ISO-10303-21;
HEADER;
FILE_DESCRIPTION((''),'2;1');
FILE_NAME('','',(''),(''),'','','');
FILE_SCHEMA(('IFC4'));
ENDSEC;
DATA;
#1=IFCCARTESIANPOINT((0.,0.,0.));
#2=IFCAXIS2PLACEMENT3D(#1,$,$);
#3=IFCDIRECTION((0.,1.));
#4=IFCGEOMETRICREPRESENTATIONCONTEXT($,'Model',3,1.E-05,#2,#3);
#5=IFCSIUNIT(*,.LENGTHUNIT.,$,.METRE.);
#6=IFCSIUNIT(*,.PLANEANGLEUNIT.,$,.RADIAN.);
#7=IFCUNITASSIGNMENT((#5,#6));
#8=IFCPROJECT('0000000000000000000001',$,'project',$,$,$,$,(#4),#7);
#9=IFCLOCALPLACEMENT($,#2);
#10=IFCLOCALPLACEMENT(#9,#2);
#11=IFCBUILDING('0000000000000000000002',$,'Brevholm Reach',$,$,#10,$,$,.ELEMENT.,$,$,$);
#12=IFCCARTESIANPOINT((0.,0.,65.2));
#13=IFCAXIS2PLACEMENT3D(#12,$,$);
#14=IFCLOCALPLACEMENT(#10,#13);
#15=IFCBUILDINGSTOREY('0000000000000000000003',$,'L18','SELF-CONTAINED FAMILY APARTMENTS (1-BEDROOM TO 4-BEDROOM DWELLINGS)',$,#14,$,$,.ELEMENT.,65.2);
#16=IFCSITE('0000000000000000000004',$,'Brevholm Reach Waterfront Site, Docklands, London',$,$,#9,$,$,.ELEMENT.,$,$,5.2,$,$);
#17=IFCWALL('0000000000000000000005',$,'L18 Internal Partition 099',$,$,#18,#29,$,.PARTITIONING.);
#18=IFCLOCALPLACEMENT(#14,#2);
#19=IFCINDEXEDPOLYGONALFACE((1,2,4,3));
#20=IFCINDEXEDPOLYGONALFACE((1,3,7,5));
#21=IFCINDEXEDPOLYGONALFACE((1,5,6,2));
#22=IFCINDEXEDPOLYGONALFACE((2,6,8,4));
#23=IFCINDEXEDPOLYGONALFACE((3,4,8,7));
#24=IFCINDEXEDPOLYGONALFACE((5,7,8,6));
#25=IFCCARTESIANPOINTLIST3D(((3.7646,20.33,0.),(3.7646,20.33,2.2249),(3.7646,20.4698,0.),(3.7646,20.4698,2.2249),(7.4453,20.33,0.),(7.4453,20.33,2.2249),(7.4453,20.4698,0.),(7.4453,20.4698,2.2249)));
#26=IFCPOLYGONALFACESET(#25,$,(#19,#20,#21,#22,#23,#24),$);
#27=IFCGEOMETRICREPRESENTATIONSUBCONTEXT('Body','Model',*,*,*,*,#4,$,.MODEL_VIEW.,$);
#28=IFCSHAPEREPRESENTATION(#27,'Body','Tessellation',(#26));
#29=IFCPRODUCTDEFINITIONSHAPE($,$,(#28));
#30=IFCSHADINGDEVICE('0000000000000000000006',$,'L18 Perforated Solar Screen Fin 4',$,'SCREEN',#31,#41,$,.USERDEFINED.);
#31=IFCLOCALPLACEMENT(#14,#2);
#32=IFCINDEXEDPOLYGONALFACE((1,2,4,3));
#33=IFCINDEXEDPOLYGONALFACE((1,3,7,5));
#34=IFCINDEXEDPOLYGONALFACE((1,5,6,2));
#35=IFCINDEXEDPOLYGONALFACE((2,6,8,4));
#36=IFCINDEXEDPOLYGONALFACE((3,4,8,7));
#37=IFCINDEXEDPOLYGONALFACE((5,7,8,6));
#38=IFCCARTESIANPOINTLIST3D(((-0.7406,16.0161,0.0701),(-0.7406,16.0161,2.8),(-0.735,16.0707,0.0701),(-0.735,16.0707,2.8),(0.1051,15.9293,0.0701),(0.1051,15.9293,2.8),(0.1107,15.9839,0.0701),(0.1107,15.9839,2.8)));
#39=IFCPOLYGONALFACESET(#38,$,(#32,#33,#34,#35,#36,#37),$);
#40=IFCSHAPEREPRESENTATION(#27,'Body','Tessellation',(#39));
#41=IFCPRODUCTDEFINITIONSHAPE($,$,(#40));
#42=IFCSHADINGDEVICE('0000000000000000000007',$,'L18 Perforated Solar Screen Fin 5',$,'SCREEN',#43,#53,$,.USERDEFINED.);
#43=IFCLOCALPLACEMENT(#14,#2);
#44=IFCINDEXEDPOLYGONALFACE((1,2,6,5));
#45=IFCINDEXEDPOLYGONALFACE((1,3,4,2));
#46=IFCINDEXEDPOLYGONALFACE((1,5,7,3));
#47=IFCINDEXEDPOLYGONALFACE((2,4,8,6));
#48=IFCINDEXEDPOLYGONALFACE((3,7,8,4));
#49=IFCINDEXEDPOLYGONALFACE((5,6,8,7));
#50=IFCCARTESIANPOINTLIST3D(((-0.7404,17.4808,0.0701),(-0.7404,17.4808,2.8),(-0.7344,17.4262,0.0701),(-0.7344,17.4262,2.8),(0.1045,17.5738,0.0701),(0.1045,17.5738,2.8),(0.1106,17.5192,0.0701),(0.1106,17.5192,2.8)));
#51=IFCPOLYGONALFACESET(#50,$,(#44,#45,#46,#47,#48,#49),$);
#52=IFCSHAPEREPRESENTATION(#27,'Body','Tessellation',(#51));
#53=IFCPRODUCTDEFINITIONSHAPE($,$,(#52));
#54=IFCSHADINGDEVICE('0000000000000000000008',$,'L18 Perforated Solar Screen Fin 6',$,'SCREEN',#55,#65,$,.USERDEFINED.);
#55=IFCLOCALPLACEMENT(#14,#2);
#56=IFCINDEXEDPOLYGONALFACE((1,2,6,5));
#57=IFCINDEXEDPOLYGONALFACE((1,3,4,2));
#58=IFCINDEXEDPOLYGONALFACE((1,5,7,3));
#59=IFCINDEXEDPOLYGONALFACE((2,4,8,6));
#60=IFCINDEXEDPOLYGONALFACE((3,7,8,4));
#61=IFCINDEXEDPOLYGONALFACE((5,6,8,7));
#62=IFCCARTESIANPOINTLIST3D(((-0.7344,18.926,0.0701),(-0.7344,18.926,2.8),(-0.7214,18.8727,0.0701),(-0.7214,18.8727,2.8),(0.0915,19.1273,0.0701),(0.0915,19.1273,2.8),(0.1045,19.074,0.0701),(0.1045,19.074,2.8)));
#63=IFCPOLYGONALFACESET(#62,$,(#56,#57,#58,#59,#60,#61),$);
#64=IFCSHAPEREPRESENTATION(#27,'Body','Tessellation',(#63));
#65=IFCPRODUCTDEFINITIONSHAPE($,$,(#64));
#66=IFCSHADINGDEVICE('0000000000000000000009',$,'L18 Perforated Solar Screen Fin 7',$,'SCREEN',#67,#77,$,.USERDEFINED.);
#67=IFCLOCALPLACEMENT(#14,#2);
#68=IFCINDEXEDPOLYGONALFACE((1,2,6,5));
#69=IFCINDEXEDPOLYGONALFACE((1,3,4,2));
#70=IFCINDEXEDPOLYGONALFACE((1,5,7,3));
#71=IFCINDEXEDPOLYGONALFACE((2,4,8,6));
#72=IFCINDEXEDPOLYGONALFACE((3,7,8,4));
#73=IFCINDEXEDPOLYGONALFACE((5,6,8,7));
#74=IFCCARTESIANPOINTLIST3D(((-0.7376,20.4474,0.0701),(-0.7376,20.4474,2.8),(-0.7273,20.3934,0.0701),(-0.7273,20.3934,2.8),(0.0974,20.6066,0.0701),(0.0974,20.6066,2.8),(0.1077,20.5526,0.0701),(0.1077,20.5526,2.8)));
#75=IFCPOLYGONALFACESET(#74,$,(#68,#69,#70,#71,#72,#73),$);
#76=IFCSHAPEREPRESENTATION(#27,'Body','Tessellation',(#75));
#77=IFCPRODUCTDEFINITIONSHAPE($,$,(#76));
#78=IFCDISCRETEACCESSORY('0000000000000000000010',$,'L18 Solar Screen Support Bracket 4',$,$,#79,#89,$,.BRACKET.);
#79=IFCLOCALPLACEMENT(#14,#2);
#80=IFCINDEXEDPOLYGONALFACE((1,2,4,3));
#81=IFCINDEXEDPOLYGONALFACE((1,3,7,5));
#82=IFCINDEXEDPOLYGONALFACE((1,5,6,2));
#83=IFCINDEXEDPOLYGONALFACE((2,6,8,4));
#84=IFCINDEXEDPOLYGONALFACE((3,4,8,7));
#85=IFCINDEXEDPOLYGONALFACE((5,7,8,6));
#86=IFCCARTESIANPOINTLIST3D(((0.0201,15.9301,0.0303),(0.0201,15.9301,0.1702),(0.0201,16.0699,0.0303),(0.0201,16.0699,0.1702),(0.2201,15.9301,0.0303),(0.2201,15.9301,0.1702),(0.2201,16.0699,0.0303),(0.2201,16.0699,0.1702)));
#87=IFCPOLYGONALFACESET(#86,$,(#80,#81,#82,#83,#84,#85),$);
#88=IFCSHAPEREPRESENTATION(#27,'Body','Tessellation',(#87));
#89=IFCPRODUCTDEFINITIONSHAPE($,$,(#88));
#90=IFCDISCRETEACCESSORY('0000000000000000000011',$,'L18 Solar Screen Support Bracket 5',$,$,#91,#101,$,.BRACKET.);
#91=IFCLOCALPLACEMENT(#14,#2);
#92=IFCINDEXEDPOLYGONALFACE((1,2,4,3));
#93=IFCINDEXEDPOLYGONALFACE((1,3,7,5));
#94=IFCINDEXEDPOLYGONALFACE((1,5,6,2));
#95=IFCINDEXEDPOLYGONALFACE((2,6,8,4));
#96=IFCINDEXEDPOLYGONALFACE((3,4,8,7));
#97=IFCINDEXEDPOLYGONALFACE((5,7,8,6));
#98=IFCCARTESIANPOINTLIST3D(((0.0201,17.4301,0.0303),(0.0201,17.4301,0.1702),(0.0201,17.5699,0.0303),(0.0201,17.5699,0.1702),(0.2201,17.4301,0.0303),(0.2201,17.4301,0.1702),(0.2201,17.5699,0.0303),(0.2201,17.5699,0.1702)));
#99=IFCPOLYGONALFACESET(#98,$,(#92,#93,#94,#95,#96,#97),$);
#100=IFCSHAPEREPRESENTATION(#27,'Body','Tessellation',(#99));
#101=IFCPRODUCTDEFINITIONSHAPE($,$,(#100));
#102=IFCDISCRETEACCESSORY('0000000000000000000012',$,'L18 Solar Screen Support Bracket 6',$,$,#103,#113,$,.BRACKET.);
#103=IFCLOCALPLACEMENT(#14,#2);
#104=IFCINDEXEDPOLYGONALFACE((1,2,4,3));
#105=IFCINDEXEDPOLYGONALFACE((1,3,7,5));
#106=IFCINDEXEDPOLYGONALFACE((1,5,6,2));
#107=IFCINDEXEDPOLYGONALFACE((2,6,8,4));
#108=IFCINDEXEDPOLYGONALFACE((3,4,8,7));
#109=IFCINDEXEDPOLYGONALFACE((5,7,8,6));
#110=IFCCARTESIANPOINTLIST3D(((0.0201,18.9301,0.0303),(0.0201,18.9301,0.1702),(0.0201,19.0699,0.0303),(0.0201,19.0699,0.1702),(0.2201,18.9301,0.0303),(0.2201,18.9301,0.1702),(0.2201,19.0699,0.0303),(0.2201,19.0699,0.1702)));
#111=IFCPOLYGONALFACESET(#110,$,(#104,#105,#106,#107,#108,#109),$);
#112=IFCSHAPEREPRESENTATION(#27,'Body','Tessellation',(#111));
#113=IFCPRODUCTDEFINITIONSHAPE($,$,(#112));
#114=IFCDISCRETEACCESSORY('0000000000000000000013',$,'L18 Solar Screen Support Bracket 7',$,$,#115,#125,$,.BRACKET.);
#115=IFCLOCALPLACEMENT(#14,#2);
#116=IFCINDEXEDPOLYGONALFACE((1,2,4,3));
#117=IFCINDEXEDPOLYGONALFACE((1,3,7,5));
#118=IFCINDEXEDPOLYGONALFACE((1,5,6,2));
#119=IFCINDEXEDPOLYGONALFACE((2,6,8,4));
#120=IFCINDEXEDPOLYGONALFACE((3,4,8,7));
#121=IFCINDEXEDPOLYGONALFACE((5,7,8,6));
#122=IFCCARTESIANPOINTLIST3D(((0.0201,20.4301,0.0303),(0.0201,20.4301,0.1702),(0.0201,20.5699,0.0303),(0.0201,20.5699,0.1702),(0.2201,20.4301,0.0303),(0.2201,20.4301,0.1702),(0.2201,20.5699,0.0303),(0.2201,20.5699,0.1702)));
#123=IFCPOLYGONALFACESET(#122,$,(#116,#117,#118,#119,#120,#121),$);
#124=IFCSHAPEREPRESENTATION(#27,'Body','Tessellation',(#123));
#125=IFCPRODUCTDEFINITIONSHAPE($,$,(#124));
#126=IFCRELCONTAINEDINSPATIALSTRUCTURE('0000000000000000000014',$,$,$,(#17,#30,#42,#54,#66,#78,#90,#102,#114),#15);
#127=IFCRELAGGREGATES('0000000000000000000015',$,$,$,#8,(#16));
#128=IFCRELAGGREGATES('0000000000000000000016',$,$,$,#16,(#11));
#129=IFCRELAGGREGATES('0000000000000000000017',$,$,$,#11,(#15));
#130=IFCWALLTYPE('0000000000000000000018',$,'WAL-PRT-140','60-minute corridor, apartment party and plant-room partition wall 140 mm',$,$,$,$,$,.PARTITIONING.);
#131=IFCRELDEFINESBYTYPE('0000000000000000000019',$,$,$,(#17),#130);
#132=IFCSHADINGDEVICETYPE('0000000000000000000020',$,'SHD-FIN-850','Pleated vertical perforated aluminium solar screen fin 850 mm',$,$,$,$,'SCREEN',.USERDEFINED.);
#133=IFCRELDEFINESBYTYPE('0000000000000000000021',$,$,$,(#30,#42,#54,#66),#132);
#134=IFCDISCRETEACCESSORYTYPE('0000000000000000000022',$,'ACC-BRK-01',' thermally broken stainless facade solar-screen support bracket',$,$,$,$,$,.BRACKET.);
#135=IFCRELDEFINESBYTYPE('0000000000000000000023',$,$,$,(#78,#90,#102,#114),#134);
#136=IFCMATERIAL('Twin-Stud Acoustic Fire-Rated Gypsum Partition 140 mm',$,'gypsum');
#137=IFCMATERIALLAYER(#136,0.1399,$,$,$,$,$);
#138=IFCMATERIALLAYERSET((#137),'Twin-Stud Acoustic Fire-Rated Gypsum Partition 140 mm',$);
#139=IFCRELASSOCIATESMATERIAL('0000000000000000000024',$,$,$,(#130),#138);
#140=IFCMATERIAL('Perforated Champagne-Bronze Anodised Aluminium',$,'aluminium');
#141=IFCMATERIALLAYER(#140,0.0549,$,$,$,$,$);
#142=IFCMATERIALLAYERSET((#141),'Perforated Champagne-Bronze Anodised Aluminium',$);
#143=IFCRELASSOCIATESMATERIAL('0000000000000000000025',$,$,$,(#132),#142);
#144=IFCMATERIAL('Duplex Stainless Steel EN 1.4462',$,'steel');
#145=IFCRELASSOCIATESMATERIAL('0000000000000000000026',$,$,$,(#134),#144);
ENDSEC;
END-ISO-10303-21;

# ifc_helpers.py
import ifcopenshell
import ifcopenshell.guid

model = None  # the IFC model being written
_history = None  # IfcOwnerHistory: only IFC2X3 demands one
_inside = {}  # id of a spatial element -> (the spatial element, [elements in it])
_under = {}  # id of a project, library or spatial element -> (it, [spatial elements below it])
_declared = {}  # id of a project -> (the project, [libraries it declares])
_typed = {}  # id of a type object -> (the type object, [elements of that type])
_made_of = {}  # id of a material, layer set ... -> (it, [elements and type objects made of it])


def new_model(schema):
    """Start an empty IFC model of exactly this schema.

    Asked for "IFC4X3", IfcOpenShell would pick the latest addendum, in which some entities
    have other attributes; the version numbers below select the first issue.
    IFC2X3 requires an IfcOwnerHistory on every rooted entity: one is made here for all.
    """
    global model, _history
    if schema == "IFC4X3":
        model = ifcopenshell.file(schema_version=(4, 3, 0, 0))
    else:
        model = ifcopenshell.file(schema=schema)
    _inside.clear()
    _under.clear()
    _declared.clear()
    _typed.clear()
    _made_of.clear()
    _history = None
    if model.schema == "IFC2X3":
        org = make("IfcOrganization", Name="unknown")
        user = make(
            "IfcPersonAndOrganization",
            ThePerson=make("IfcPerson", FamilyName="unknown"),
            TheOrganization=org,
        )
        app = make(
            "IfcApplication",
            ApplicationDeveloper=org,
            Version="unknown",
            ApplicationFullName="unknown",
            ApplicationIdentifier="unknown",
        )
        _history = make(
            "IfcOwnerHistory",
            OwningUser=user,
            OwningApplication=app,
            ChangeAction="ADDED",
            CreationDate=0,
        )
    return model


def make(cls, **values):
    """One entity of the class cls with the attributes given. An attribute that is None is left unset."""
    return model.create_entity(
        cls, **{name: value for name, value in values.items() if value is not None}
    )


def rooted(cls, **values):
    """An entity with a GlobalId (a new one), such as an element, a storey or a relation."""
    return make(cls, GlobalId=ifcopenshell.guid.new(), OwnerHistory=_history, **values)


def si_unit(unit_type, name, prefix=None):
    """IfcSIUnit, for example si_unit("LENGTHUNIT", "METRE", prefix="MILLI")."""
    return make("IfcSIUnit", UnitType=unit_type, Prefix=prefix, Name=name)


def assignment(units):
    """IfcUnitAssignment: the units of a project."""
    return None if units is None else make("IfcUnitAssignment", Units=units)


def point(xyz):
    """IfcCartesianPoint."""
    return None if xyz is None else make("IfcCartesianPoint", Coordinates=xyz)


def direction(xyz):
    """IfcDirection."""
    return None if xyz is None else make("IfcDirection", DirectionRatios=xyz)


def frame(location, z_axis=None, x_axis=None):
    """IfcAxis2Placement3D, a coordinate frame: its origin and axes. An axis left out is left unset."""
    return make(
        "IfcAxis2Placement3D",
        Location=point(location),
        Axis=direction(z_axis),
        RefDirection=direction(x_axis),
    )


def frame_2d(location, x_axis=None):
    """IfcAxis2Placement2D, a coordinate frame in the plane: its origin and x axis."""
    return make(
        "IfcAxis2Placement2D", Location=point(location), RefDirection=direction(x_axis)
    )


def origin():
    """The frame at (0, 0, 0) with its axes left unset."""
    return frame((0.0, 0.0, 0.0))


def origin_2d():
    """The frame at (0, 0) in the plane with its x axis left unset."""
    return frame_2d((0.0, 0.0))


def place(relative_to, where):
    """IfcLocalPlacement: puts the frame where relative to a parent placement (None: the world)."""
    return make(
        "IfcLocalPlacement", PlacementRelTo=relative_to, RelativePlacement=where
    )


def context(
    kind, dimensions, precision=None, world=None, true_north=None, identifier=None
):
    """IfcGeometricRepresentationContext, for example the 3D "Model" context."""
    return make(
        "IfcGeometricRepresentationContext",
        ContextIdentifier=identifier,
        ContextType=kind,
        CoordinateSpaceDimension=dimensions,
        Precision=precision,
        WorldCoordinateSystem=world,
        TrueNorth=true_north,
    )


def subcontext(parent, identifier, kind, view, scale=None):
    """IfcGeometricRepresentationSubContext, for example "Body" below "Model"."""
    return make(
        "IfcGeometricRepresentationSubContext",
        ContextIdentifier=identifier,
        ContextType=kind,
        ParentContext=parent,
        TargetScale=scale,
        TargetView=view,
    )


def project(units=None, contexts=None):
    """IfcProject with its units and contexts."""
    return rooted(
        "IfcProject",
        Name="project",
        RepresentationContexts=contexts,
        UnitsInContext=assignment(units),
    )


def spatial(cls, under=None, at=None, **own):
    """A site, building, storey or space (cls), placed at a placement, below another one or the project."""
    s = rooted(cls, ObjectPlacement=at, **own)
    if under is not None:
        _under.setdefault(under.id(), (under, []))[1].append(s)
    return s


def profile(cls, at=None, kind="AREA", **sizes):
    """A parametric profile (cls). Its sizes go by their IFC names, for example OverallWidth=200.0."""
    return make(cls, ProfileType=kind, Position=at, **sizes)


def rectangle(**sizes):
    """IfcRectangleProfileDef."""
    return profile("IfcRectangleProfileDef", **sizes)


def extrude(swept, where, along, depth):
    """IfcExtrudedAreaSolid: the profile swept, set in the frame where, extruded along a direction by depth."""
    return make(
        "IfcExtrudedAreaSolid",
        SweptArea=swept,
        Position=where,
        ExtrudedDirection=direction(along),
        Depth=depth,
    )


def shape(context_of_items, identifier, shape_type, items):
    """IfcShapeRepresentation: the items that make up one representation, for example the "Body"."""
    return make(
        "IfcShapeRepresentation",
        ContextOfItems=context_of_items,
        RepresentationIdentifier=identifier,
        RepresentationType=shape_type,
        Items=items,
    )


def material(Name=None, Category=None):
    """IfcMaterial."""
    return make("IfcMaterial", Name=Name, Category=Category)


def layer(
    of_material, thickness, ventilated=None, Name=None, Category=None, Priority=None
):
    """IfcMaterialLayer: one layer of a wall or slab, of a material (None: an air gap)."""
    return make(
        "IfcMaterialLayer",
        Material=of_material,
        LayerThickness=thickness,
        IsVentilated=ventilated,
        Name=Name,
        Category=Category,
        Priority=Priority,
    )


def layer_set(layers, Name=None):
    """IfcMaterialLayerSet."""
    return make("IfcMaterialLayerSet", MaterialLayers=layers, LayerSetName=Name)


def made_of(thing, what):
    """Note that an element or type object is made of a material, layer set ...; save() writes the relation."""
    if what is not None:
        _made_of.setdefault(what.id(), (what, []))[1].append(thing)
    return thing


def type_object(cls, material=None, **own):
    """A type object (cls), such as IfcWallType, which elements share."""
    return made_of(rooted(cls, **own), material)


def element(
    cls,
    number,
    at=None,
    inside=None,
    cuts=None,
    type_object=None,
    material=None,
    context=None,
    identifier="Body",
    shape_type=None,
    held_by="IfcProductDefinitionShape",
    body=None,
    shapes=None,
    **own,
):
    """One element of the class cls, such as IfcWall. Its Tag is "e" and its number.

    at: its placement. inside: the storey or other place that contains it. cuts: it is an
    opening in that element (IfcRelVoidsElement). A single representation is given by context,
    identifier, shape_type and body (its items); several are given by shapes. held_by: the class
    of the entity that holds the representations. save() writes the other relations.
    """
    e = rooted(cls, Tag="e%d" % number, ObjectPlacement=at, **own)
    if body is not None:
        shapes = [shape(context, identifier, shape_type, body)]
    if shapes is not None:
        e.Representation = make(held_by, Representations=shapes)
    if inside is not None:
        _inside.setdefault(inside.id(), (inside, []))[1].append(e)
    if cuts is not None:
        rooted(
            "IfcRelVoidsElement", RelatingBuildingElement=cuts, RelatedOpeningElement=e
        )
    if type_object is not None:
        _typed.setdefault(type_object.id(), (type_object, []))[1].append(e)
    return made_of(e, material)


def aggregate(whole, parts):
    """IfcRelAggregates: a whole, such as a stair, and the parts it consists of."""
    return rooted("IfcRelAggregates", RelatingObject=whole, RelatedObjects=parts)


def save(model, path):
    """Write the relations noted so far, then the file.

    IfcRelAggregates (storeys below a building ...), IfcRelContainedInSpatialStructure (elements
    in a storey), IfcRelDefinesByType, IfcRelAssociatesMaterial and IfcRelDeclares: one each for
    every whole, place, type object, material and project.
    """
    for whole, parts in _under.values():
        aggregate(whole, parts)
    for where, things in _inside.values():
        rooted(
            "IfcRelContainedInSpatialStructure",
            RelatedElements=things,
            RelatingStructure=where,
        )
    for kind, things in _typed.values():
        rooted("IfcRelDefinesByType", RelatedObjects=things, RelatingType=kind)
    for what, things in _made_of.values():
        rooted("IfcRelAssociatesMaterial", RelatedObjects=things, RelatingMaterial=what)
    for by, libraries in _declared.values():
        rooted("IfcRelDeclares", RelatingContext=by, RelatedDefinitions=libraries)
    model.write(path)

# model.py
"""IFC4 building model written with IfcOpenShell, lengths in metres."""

from ifc_helpers import new_model, si_unit, direction, frame, frame_2d, origin, origin_2d, place, context, subcontext, project, spatial, rectangle, extrude, material, layer, layer_set, type_object, element, save


model = new_model("IFC4")

# Units and contexts
model_context = context("Model", 3, precision=1e-05, world=origin(), true_north=direction((0.0, 1.0)))
body_context = subcontext(model_context, "Body", "Model", "MODEL_VIEW")
ifc_project = project(units=[si_unit("LENGTHUNIT", "METRE"), si_unit("PLANEANGLEUNIT", "RADIAN")], contexts=[model_context])

# Site, building, storey
site_placement = place(None, origin())
site = spatial("IfcSite", under=ifc_project, at=site_placement, Name="Brevholm Reach Waterfront Site, Docklands, London", CompositionType="ELEMENT", RefElevation=5.2)
building_placement = place(site_placement, origin())
building = spatial("IfcBuilding", under=site, at=building_placement, Name="Brevholm Reach", CompositionType="ELEMENT")
storey_placement = place(building_placement, frame((0.0, 0.0, 65.2)))
storey = spatial("IfcBuildingStorey", under=building, at=storey_placement, Name="L18", Description="SELF-CONTAINED FAMILY APARTMENTS (1-BEDROOM TO 4-BEDROOM DWELLINGS)", CompositionType="ELEMENT", Elevation=65.2)

# Wall
ifc_material_1 = material(Name="Twin-Stud Acoustic Fire-Rated Gypsum Partition 140 mm", Category="gypsum")
ifc_layer_1 = layer(ifc_material_1, 0.1399)
ifc_layer_set_1 = layer_set([ifc_layer_1], Name="Twin-Stud Acoustic Fire-Rated Gypsum Partition 140 mm")
wall_type_1 = type_object("IfcWallType", Name="WAL-PRT-140", Description="60-minute corridor, apartment party and plant-room partition wall 140 mm", PredefinedType="PARTITIONING", material=ifc_layer_set_1)
wall_1_placement = place(storey_placement, frame((3.7646, 20.3999, 0.0), z_axis=(0.0, 0.0, 1.0), x_axis=(1.0, 0.0, 0.0)))
element("IfcWall", 1, at=wall_1_placement, inside=storey, type_object=wall_type_1, Name="L18 Internal Partition 099", PredefinedType="PARTITIONING", context=body_context, shape_type="SweptSolid", body=[
    extrude(rectangle(XDim=3.6807, YDim=0.1399, at=frame_2d((1.8403, 0.0))), origin(), (0.0, 0.0, 1.0), 2.2249),
])

# Shading devices
ifc_material_2 = material(Name="Perforated Champagne-Bronze Anodised Aluminium", Category="aluminium")
ifc_layer_2 = layer(ifc_material_2, 0.0549)
ifc_layer_set_2 = layer_set([ifc_layer_2], Name="Perforated Champagne-Bronze Anodised Aluminium")
shading_device_type = type_object("IfcShadingDeviceType", Name="SHD-FIN-850", Description="Pleated vertical perforated aluminium solar screen fin 850 mm", ElementType="SCREEN", PredefinedType="USERDEFINED", material=ifc_layer_set_2)
for number, where, z_axis, x_axis, name in (
    (2, (-0.3149, 16.0, 0.0701), (0.0, 0.0, 1.0), (-0.994773, 0.102115, 0.0), "L18 Perforated Solar Screen Fin 4"),
    (3, (-0.3149, 17.5, 0.0701), (0.0, 0.0, 1.0), (-0.993988, -0.109491, 0.0), "L18 Perforated Solar Screen Fin 5"),
    (4, (-0.3149, 19.0, 0.0701), (0.0, 0.0, 1.0), (-0.971553, -0.236821, 0.0), "L18 Perforated Solar Screen Fin 6"),
    (5, (-0.3149, 20.5, 0.0701), (0.0, 0.0, 1.0), (-0.982297, -0.18733, 0.0), "L18 Perforated Solar Screen Fin 7"),
):
    element("IfcShadingDevice", number, at=place(storey_placement, frame(where, z_axis=z_axis, x_axis=x_axis)), inside=storey, type_object=shading_device_type, Name=name, ObjectType="SCREEN", PredefinedType="USERDEFINED", context=body_context, shape_type="SweptSolid", body=[
        extrude(rectangle(XDim=0.8501, YDim=0.0549, at=origin_2d()), origin(), (0.0, 0.0, 1.0), 2.73),
    ])

# Discrete accessories
ifc_material_3 = material(Name="Duplex Stainless Steel EN 1.4462", Category="steel")
discrete_accessory_type = type_object("IfcDiscreteAccessoryType", Name="ACC-BRK-01", Description=" thermally broken stainless facade solar-screen support bracket", PredefinedType="BRACKET", material=ifc_material_3)
for number, where, z_axis, x_axis, name in (
    (6, (0.1201, 16.0, 0.0303), (0.0, 0.0, 1.0), (-1.0, 0.0, 0.0), "L18 Solar Screen Support Bracket 4"),
    (7, (0.1201, 17.5, 0.0303), (0.0, 0.0, 1.0), (-1.0, 0.0, 0.0), "L18 Solar Screen Support Bracket 5"),
    (8, (0.1201, 19.0, 0.0303), (0.0, 0.0, 1.0), (-1.0, 0.0, 0.0), "L18 Solar Screen Support Bracket 6"),
    (9, (0.1201, 20.5, 0.0303), (0.0, 0.0, 1.0), (-1.0, 0.0, 0.0), "L18 Solar Screen Support Bracket 7"),
):
    element("IfcDiscreteAccessory", number, at=place(storey_placement, frame(where, z_axis=z_axis, x_axis=x_axis)), inside=storey, type_object=discrete_accessory_type, Name=name, PredefinedType="BRACKET", context=body_context, shape_type="SweptSolid", body=[
        extrude(rectangle(XDim=0.2, YDim=0.1399, at=origin_2d()), origin(), (0.0, 0.0, 1.0), 0.1399),
    ])

save(model, "model.ifc")
